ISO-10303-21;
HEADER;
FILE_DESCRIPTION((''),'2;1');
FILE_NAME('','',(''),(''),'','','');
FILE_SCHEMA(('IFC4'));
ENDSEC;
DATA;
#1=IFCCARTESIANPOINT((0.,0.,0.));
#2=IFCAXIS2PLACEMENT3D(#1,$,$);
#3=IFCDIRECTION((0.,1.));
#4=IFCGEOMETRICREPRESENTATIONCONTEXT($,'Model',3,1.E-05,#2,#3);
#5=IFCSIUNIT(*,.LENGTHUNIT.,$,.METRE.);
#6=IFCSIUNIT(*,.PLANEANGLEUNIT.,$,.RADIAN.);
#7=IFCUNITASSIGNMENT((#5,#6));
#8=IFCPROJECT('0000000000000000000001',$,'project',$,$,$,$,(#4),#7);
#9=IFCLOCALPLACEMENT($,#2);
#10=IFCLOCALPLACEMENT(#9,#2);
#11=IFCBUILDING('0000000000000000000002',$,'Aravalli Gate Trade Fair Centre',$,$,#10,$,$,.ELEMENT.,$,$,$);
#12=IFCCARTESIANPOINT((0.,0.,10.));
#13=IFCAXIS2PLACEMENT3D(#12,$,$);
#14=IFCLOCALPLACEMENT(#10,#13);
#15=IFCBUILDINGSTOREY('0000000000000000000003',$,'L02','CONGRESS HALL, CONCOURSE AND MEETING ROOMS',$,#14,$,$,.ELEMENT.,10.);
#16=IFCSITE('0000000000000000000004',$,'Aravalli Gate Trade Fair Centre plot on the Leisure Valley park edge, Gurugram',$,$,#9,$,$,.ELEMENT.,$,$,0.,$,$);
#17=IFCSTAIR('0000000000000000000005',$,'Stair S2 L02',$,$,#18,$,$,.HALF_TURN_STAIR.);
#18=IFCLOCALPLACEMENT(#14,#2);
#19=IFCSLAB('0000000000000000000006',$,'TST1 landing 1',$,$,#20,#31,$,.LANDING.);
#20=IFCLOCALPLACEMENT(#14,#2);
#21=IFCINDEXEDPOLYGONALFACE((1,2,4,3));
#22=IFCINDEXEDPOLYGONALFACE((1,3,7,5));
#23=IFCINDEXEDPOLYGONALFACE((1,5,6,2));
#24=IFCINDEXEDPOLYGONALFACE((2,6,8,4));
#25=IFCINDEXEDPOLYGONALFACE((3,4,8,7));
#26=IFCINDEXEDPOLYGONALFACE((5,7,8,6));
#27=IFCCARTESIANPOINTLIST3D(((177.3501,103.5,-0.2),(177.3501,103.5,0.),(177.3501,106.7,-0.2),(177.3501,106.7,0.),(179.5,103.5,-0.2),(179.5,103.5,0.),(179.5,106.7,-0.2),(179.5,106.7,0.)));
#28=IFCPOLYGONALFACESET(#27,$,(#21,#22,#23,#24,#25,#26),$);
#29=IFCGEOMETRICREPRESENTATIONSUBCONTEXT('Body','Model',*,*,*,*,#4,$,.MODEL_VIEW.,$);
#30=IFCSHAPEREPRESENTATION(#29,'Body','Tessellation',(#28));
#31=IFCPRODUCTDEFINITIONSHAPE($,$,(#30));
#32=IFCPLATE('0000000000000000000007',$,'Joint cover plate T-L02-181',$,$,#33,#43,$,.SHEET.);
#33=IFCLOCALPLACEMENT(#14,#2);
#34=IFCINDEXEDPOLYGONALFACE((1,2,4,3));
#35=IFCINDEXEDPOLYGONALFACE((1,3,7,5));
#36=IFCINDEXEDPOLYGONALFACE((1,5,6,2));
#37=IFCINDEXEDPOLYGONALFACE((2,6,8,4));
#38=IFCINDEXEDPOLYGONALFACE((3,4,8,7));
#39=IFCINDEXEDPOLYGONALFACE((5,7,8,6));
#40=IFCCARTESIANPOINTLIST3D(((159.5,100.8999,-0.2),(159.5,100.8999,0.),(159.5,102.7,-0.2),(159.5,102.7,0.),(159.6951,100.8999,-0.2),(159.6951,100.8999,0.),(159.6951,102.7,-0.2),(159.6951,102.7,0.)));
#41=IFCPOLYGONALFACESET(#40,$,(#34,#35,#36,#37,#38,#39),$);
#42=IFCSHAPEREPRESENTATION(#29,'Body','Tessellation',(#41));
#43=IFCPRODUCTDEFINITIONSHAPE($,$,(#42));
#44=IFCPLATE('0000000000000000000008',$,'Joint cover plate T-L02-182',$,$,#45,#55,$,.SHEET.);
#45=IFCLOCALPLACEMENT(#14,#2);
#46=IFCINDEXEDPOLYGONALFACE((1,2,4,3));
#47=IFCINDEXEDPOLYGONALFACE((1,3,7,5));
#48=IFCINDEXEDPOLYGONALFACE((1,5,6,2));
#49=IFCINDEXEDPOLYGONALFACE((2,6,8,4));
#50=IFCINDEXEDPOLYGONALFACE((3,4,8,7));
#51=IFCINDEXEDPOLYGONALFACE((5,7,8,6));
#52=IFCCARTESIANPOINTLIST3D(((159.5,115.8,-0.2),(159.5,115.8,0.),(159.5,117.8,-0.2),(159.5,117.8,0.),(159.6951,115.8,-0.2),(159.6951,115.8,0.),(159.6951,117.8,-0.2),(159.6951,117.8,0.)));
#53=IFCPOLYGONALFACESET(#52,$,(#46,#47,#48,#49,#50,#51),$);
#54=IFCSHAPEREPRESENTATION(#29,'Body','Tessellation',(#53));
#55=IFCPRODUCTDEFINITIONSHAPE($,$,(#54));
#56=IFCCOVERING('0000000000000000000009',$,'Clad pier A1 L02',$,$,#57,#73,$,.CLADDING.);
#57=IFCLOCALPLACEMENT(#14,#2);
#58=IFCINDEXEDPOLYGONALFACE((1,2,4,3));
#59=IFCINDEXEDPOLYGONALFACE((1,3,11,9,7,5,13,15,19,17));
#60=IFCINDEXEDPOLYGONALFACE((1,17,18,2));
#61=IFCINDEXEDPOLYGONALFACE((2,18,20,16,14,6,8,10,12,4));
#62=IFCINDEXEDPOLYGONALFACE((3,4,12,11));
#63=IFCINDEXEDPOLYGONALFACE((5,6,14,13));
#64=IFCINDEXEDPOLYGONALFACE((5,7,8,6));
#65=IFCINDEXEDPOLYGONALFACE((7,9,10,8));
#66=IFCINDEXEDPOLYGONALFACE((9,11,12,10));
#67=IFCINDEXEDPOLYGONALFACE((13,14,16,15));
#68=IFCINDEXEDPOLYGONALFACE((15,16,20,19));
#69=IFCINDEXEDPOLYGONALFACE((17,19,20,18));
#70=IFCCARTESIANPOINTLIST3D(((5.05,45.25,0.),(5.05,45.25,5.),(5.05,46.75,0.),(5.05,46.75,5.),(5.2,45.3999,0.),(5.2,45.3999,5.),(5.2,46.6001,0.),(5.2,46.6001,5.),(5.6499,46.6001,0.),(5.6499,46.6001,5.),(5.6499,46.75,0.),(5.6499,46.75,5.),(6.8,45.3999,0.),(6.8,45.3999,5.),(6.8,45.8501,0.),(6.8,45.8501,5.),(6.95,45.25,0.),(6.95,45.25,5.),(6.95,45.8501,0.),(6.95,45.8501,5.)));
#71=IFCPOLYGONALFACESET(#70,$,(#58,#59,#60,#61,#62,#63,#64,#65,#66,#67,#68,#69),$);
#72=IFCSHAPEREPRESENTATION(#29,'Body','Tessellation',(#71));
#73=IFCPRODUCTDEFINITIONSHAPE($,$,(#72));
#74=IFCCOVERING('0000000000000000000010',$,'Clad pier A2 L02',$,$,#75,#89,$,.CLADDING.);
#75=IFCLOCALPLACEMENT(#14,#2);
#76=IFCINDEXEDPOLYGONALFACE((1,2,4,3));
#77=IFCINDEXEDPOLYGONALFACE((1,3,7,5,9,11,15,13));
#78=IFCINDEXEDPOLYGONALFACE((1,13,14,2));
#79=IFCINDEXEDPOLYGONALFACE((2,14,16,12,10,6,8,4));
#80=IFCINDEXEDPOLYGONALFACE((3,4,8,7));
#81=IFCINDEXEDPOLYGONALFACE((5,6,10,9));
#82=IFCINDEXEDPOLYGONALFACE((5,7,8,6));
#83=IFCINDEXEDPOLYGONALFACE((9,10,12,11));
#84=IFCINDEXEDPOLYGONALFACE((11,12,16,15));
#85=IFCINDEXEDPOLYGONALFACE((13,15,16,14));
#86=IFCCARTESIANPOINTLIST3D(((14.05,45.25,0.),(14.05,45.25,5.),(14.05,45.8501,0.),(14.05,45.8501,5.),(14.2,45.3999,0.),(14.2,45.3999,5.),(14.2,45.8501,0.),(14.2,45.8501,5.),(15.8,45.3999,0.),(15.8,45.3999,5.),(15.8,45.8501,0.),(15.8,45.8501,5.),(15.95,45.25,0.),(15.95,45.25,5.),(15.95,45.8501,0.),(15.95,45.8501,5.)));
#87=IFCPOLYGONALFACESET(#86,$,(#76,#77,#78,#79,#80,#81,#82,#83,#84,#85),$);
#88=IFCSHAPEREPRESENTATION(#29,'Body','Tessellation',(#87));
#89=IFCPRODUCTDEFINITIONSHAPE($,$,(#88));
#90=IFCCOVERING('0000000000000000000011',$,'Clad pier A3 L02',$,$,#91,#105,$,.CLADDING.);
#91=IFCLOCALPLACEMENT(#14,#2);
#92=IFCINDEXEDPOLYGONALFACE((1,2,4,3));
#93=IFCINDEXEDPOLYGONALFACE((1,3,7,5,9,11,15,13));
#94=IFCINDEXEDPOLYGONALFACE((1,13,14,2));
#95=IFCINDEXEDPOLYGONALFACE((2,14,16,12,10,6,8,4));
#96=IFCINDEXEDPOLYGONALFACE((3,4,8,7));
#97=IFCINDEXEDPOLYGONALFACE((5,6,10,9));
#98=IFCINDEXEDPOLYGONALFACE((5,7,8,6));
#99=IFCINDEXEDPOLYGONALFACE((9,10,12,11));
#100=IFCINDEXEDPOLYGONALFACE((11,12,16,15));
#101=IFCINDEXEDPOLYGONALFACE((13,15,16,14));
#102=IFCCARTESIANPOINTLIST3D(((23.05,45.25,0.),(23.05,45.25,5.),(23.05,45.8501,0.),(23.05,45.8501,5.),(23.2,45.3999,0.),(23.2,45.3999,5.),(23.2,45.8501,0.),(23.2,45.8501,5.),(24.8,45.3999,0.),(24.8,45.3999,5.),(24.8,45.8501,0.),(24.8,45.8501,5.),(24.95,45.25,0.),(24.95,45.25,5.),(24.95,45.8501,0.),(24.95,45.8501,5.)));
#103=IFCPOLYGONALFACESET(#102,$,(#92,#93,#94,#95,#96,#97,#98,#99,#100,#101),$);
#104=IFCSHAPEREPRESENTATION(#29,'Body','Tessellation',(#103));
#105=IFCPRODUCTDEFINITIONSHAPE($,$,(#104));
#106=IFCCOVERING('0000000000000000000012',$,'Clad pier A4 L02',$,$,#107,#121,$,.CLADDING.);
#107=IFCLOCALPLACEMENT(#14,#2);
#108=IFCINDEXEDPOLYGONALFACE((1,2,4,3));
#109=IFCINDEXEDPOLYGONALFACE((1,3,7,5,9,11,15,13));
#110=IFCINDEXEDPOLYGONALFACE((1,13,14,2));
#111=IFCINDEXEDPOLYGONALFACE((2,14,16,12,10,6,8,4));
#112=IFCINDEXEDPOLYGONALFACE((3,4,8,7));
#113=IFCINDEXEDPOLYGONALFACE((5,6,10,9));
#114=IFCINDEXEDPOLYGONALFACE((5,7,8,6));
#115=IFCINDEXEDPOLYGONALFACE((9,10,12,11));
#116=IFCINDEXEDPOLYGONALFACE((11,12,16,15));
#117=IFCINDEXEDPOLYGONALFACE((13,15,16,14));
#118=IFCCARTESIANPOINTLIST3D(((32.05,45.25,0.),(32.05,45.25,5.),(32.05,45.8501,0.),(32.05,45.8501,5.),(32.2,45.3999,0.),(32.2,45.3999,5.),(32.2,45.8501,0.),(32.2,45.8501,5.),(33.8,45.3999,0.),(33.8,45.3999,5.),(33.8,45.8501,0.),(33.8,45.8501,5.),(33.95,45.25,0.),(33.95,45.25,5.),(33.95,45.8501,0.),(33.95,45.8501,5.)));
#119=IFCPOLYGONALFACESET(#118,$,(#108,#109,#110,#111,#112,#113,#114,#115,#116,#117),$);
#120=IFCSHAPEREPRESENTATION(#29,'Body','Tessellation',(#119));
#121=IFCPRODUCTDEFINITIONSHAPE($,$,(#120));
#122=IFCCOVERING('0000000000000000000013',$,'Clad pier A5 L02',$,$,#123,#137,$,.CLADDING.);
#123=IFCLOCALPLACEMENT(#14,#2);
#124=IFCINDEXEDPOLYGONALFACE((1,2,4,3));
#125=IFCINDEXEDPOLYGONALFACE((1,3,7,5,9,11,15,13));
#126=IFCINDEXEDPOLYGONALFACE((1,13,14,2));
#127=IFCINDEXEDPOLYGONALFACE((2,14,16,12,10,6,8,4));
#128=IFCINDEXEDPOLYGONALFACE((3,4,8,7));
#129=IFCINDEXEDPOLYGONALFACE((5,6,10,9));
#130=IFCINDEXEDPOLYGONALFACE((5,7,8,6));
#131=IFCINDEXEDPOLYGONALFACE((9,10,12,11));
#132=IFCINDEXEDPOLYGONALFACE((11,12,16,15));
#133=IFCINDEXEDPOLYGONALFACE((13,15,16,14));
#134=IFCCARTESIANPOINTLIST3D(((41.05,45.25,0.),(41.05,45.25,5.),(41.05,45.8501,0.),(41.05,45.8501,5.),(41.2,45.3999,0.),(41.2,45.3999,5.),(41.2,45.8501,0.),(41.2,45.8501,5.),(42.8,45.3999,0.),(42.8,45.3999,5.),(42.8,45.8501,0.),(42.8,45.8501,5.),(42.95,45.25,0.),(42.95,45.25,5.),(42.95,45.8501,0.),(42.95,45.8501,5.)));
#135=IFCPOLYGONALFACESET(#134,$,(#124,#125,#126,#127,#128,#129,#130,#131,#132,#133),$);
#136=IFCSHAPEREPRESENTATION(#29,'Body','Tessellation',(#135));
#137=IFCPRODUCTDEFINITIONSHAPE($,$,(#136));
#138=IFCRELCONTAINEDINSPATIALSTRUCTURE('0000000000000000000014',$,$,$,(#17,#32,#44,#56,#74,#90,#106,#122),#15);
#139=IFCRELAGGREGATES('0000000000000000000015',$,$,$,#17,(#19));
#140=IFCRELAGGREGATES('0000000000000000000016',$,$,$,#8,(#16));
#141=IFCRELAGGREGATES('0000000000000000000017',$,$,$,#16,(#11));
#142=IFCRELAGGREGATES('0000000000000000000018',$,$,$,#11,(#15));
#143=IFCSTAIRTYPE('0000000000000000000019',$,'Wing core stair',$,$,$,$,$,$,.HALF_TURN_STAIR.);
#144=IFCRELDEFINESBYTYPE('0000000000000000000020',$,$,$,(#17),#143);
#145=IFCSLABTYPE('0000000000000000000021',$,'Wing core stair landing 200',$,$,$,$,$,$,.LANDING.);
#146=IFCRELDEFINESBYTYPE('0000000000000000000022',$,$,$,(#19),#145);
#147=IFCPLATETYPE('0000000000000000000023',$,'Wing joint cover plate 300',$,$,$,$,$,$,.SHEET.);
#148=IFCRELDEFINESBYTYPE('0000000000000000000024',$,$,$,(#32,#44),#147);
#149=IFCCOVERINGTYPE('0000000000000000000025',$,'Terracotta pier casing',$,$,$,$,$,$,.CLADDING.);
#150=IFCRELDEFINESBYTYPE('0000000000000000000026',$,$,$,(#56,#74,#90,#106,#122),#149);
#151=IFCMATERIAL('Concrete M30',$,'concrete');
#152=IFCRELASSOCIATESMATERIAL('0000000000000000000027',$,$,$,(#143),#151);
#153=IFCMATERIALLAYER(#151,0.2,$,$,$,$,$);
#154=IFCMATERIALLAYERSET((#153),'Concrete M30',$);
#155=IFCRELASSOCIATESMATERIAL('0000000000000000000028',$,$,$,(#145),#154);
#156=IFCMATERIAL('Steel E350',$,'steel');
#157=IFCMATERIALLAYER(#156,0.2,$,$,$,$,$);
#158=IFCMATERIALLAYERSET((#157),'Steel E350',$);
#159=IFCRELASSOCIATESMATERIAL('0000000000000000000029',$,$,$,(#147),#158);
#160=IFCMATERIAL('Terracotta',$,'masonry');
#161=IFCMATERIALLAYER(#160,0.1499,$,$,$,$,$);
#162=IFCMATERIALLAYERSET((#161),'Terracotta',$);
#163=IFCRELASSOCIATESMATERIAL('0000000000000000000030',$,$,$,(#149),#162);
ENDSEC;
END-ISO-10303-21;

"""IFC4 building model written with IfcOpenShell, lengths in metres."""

from ifc_helpers import new_model, si_unit, direction, frame, origin, place, context, subcontext, project, spatial, polyline, outline, extrude, material, layer, layer_set, type_object, element, aggregate, save


model = new_model("IFC4")

# Units and contexts
model_context = context("Model", 3, precision=1e-05, world=origin(), true_north=direction((0.0, 1.0)))
body_context = subcontext(model_context, "Body", "Model", "MODEL_VIEW")
ifc_project = project(units=[si_unit("LENGTHUNIT", "METRE"), si_unit("PLANEANGLEUNIT", "RADIAN")], contexts=[model_context])

# Site, building, storey
site_placement = place(None, origin())
site = spatial("IfcSite", under=ifc_project, at=site_placement, Name="Aravalli Gate Trade Fair Centre plot on the Leisure Valley park edge, Gurugram", CompositionType="ELEMENT", RefElevation=0.0)
building_placement = place(site_placement, origin())
building = spatial("IfcBuilding", under=site, at=building_placement, Name="Aravalli Gate Trade Fair Centre", CompositionType="ELEMENT")
storey_placement = place(building_placement, frame((0.0, 0.0, 10.0)))
storey = spatial("IfcBuildingStorey", under=building, at=storey_placement, Name="L02", Description="CONGRESS HALL, CONCOURSE AND MEETING ROOMS", CompositionType="ELEMENT", Elevation=10.0)

# Stair, slab
ifc_material_1 = material(Name="Concrete M30", Category="concrete")
stair_type = type_object("IfcStairType", Name="Wing core stair", PredefinedType="HALF_TURN_STAIR", material=ifc_material_1)
stair_placement = place(storey_placement, origin())
stair = element("IfcStair", 1, at=stair_placement, inside=storey, type_object=stair_type, Name="Stair S2 L02", PredefinedType="HALF_TURN_STAIR")
ifc_layer_1 = layer(ifc_material_1, 0.2)
ifc_layer_set_1 = layer_set([ifc_layer_1], Name="Concrete M30")
slab_type_1 = type_object("IfcSlabType", Name="Wing core stair landing 200", PredefinedType="LANDING", material=ifc_layer_set_1)
slab_1_placement = place(storey_placement, frame((0.0, 0.0, -0.2)))
slab_1 = element("IfcSlab", 2, at=slab_1_placement, type_object=slab_type_1, Name="TST1 landing 1", PredefinedType="LANDING", context=body_context, shape_type="SweptSolid", body=[
    extrude(outline(polyline([(177.3501, 103.5), (179.5, 103.5), (179.5, 106.7), (177.3501, 106.7), (177.3501, 103.5)])), origin(), (0.0, 0.0, 1.0), 0.2),
])
aggregate(stair, [slab_1])

# Plates
ifc_material_2 = material(Name="Steel E350", Category="steel")
ifc_layer_2 = layer(ifc_material_2, 0.2)
ifc_layer_set_2 = layer_set([ifc_layer_2], Name="Steel E350")
plate_type = type_object("IfcPlateType", Name="Wing joint cover plate 300", PredefinedType="SHEET", material=ifc_layer_set_2)
plate_1_placement = place(storey_placement, frame((0.0, 0.0, -0.2)))
element("IfcPlate", 3, at=plate_1_placement, inside=storey, type_object=plate_type, Name="Joint cover plate T-L02-181", PredefinedType="SHEET", context=body_context, shape_type="SweptSolid", body=[
    extrude(outline(polyline([(159.5, 100.8999), (159.6951, 100.8999), (159.6951, 102.7), (159.5, 102.7), (159.5, 100.8999)])), origin(), (0.0, 0.0, 1.0), 0.2),
])
plate_2_placement = place(storey_placement, frame((0.0, 0.0, -0.2)))
element("IfcPlate", 4, at=plate_2_placement, inside=storey, type_object=plate_type, Name="Joint cover plate T-L02-182", PredefinedType="SHEET", context=body_context, shape_type="SweptSolid", body=[
    extrude(outline(polyline([(159.5, 115.8), (159.6951, 115.8), (159.6951, 117.8), (159.5, 117.8), (159.5, 115.8)])), origin(), (0.0, 0.0, 1.0), 0.2),
])

# Coverings
ifc_material_3 = material(Name="Terracotta", Category="masonry")
ifc_layer_3 = layer(ifc_material_3, 0.1499)
ifc_layer_set_3 = layer_set([ifc_layer_3], Name="Terracotta")
covering_type = type_object("IfcCoveringType", Name="Terracotta pier casing", PredefinedType="CLADDING", material=ifc_layer_set_3)
covering_1_placement = place(storey_placement, origin())
element("IfcCovering", 5, at=covering_1_placement, inside=storey, type_object=covering_type, Name="Clad pier A1 L02", PredefinedType="CLADDING", context=body_context, shape_type="SweptSolid", body=[
    extrude(outline(polyline([(5.05, 46.75), (5.6499, 46.75), (5.6499, 46.6001), (5.2, 46.6001), (5.2, 45.3999), (6.8, 45.3999), (6.8, 45.8501), (6.95, 45.8501), (6.95, 45.25), (5.05, 45.25), (5.05, 46.75)])), origin(), (0.0, 0.0, 1.0), 5.0),
])
covering_2_placement = place(storey_placement, origin())
element("IfcCovering", 6, at=covering_2_placement, inside=storey, type_object=covering_type, Name="Clad pier A2 L02", PredefinedType="CLADDING", context=body_context, shape_type="SweptSolid", body=[
    extrude(outline(polyline([(14.05, 45.8501), (14.2, 45.8501), (14.2, 45.3999), (15.8, 45.3999), (15.8, 45.8501), (15.95, 45.8501), (15.95, 45.25), (14.05, 45.25), (14.05, 45.8501)])), origin(), (0.0, 0.0, 1.0), 5.0),
])
covering_3_placement = place(storey_placement, origin())
element("IfcCovering", 7, at=covering_3_placement, inside=storey, type_object=covering_type, Name="Clad pier A3 L02", PredefinedType="CLADDING", context=body_context, shape_type="SweptSolid", body=[
    extrude(outline(polyline([(23.05, 45.8501), (23.2, 45.8501), (23.2, 45.3999), (24.8, 45.3999), (24.8, 45.8501), (24.95, 45.8501), (24.95, 45.25), (23.05, 45.25), (23.05, 45.8501)])), origin(), (0.0, 0.0, 1.0), 5.0),
])
covering_4_placement = place(storey_placement, origin())
element("IfcCovering", 8, at=covering_4_placement, inside=storey, type_object=covering_type, Name="Clad pier A4 L02", PredefinedType="CLADDING", context=body_context, shape_type="SweptSolid", body=[
    extrude(outline(polyline([(32.05, 45.8501), (32.2, 45.8501), (32.2, 45.3999), (33.8, 45.3999), (33.8, 45.8501), (33.95, 45.8501), (33.95, 45.25), (32.05, 45.25), (32.05, 45.8501)])), origin(), (0.0, 0.0, 1.0), 5.0),
])
covering_5_placement = place(storey_placement, origin())
element("IfcCovering", 9, at=covering_5_placement, inside=storey, type_object=covering_type, Name="Clad pier A5 L02", PredefinedType="CLADDING", context=body_context, shape_type="SweptSolid", body=[
    extrude(outline(polyline([(41.05, 45.8501), (41.2, 45.8501), (41.2, 45.3999), (42.8, 45.3999), (42.8, 45.8501), (42.95, 45.8501), (42.95, 45.25), (41.05, 45.25), (41.05, 45.8501)])), origin(), (0.0, 0.0, 1.0), 5.0),
])

save(model, "model.ifc")
